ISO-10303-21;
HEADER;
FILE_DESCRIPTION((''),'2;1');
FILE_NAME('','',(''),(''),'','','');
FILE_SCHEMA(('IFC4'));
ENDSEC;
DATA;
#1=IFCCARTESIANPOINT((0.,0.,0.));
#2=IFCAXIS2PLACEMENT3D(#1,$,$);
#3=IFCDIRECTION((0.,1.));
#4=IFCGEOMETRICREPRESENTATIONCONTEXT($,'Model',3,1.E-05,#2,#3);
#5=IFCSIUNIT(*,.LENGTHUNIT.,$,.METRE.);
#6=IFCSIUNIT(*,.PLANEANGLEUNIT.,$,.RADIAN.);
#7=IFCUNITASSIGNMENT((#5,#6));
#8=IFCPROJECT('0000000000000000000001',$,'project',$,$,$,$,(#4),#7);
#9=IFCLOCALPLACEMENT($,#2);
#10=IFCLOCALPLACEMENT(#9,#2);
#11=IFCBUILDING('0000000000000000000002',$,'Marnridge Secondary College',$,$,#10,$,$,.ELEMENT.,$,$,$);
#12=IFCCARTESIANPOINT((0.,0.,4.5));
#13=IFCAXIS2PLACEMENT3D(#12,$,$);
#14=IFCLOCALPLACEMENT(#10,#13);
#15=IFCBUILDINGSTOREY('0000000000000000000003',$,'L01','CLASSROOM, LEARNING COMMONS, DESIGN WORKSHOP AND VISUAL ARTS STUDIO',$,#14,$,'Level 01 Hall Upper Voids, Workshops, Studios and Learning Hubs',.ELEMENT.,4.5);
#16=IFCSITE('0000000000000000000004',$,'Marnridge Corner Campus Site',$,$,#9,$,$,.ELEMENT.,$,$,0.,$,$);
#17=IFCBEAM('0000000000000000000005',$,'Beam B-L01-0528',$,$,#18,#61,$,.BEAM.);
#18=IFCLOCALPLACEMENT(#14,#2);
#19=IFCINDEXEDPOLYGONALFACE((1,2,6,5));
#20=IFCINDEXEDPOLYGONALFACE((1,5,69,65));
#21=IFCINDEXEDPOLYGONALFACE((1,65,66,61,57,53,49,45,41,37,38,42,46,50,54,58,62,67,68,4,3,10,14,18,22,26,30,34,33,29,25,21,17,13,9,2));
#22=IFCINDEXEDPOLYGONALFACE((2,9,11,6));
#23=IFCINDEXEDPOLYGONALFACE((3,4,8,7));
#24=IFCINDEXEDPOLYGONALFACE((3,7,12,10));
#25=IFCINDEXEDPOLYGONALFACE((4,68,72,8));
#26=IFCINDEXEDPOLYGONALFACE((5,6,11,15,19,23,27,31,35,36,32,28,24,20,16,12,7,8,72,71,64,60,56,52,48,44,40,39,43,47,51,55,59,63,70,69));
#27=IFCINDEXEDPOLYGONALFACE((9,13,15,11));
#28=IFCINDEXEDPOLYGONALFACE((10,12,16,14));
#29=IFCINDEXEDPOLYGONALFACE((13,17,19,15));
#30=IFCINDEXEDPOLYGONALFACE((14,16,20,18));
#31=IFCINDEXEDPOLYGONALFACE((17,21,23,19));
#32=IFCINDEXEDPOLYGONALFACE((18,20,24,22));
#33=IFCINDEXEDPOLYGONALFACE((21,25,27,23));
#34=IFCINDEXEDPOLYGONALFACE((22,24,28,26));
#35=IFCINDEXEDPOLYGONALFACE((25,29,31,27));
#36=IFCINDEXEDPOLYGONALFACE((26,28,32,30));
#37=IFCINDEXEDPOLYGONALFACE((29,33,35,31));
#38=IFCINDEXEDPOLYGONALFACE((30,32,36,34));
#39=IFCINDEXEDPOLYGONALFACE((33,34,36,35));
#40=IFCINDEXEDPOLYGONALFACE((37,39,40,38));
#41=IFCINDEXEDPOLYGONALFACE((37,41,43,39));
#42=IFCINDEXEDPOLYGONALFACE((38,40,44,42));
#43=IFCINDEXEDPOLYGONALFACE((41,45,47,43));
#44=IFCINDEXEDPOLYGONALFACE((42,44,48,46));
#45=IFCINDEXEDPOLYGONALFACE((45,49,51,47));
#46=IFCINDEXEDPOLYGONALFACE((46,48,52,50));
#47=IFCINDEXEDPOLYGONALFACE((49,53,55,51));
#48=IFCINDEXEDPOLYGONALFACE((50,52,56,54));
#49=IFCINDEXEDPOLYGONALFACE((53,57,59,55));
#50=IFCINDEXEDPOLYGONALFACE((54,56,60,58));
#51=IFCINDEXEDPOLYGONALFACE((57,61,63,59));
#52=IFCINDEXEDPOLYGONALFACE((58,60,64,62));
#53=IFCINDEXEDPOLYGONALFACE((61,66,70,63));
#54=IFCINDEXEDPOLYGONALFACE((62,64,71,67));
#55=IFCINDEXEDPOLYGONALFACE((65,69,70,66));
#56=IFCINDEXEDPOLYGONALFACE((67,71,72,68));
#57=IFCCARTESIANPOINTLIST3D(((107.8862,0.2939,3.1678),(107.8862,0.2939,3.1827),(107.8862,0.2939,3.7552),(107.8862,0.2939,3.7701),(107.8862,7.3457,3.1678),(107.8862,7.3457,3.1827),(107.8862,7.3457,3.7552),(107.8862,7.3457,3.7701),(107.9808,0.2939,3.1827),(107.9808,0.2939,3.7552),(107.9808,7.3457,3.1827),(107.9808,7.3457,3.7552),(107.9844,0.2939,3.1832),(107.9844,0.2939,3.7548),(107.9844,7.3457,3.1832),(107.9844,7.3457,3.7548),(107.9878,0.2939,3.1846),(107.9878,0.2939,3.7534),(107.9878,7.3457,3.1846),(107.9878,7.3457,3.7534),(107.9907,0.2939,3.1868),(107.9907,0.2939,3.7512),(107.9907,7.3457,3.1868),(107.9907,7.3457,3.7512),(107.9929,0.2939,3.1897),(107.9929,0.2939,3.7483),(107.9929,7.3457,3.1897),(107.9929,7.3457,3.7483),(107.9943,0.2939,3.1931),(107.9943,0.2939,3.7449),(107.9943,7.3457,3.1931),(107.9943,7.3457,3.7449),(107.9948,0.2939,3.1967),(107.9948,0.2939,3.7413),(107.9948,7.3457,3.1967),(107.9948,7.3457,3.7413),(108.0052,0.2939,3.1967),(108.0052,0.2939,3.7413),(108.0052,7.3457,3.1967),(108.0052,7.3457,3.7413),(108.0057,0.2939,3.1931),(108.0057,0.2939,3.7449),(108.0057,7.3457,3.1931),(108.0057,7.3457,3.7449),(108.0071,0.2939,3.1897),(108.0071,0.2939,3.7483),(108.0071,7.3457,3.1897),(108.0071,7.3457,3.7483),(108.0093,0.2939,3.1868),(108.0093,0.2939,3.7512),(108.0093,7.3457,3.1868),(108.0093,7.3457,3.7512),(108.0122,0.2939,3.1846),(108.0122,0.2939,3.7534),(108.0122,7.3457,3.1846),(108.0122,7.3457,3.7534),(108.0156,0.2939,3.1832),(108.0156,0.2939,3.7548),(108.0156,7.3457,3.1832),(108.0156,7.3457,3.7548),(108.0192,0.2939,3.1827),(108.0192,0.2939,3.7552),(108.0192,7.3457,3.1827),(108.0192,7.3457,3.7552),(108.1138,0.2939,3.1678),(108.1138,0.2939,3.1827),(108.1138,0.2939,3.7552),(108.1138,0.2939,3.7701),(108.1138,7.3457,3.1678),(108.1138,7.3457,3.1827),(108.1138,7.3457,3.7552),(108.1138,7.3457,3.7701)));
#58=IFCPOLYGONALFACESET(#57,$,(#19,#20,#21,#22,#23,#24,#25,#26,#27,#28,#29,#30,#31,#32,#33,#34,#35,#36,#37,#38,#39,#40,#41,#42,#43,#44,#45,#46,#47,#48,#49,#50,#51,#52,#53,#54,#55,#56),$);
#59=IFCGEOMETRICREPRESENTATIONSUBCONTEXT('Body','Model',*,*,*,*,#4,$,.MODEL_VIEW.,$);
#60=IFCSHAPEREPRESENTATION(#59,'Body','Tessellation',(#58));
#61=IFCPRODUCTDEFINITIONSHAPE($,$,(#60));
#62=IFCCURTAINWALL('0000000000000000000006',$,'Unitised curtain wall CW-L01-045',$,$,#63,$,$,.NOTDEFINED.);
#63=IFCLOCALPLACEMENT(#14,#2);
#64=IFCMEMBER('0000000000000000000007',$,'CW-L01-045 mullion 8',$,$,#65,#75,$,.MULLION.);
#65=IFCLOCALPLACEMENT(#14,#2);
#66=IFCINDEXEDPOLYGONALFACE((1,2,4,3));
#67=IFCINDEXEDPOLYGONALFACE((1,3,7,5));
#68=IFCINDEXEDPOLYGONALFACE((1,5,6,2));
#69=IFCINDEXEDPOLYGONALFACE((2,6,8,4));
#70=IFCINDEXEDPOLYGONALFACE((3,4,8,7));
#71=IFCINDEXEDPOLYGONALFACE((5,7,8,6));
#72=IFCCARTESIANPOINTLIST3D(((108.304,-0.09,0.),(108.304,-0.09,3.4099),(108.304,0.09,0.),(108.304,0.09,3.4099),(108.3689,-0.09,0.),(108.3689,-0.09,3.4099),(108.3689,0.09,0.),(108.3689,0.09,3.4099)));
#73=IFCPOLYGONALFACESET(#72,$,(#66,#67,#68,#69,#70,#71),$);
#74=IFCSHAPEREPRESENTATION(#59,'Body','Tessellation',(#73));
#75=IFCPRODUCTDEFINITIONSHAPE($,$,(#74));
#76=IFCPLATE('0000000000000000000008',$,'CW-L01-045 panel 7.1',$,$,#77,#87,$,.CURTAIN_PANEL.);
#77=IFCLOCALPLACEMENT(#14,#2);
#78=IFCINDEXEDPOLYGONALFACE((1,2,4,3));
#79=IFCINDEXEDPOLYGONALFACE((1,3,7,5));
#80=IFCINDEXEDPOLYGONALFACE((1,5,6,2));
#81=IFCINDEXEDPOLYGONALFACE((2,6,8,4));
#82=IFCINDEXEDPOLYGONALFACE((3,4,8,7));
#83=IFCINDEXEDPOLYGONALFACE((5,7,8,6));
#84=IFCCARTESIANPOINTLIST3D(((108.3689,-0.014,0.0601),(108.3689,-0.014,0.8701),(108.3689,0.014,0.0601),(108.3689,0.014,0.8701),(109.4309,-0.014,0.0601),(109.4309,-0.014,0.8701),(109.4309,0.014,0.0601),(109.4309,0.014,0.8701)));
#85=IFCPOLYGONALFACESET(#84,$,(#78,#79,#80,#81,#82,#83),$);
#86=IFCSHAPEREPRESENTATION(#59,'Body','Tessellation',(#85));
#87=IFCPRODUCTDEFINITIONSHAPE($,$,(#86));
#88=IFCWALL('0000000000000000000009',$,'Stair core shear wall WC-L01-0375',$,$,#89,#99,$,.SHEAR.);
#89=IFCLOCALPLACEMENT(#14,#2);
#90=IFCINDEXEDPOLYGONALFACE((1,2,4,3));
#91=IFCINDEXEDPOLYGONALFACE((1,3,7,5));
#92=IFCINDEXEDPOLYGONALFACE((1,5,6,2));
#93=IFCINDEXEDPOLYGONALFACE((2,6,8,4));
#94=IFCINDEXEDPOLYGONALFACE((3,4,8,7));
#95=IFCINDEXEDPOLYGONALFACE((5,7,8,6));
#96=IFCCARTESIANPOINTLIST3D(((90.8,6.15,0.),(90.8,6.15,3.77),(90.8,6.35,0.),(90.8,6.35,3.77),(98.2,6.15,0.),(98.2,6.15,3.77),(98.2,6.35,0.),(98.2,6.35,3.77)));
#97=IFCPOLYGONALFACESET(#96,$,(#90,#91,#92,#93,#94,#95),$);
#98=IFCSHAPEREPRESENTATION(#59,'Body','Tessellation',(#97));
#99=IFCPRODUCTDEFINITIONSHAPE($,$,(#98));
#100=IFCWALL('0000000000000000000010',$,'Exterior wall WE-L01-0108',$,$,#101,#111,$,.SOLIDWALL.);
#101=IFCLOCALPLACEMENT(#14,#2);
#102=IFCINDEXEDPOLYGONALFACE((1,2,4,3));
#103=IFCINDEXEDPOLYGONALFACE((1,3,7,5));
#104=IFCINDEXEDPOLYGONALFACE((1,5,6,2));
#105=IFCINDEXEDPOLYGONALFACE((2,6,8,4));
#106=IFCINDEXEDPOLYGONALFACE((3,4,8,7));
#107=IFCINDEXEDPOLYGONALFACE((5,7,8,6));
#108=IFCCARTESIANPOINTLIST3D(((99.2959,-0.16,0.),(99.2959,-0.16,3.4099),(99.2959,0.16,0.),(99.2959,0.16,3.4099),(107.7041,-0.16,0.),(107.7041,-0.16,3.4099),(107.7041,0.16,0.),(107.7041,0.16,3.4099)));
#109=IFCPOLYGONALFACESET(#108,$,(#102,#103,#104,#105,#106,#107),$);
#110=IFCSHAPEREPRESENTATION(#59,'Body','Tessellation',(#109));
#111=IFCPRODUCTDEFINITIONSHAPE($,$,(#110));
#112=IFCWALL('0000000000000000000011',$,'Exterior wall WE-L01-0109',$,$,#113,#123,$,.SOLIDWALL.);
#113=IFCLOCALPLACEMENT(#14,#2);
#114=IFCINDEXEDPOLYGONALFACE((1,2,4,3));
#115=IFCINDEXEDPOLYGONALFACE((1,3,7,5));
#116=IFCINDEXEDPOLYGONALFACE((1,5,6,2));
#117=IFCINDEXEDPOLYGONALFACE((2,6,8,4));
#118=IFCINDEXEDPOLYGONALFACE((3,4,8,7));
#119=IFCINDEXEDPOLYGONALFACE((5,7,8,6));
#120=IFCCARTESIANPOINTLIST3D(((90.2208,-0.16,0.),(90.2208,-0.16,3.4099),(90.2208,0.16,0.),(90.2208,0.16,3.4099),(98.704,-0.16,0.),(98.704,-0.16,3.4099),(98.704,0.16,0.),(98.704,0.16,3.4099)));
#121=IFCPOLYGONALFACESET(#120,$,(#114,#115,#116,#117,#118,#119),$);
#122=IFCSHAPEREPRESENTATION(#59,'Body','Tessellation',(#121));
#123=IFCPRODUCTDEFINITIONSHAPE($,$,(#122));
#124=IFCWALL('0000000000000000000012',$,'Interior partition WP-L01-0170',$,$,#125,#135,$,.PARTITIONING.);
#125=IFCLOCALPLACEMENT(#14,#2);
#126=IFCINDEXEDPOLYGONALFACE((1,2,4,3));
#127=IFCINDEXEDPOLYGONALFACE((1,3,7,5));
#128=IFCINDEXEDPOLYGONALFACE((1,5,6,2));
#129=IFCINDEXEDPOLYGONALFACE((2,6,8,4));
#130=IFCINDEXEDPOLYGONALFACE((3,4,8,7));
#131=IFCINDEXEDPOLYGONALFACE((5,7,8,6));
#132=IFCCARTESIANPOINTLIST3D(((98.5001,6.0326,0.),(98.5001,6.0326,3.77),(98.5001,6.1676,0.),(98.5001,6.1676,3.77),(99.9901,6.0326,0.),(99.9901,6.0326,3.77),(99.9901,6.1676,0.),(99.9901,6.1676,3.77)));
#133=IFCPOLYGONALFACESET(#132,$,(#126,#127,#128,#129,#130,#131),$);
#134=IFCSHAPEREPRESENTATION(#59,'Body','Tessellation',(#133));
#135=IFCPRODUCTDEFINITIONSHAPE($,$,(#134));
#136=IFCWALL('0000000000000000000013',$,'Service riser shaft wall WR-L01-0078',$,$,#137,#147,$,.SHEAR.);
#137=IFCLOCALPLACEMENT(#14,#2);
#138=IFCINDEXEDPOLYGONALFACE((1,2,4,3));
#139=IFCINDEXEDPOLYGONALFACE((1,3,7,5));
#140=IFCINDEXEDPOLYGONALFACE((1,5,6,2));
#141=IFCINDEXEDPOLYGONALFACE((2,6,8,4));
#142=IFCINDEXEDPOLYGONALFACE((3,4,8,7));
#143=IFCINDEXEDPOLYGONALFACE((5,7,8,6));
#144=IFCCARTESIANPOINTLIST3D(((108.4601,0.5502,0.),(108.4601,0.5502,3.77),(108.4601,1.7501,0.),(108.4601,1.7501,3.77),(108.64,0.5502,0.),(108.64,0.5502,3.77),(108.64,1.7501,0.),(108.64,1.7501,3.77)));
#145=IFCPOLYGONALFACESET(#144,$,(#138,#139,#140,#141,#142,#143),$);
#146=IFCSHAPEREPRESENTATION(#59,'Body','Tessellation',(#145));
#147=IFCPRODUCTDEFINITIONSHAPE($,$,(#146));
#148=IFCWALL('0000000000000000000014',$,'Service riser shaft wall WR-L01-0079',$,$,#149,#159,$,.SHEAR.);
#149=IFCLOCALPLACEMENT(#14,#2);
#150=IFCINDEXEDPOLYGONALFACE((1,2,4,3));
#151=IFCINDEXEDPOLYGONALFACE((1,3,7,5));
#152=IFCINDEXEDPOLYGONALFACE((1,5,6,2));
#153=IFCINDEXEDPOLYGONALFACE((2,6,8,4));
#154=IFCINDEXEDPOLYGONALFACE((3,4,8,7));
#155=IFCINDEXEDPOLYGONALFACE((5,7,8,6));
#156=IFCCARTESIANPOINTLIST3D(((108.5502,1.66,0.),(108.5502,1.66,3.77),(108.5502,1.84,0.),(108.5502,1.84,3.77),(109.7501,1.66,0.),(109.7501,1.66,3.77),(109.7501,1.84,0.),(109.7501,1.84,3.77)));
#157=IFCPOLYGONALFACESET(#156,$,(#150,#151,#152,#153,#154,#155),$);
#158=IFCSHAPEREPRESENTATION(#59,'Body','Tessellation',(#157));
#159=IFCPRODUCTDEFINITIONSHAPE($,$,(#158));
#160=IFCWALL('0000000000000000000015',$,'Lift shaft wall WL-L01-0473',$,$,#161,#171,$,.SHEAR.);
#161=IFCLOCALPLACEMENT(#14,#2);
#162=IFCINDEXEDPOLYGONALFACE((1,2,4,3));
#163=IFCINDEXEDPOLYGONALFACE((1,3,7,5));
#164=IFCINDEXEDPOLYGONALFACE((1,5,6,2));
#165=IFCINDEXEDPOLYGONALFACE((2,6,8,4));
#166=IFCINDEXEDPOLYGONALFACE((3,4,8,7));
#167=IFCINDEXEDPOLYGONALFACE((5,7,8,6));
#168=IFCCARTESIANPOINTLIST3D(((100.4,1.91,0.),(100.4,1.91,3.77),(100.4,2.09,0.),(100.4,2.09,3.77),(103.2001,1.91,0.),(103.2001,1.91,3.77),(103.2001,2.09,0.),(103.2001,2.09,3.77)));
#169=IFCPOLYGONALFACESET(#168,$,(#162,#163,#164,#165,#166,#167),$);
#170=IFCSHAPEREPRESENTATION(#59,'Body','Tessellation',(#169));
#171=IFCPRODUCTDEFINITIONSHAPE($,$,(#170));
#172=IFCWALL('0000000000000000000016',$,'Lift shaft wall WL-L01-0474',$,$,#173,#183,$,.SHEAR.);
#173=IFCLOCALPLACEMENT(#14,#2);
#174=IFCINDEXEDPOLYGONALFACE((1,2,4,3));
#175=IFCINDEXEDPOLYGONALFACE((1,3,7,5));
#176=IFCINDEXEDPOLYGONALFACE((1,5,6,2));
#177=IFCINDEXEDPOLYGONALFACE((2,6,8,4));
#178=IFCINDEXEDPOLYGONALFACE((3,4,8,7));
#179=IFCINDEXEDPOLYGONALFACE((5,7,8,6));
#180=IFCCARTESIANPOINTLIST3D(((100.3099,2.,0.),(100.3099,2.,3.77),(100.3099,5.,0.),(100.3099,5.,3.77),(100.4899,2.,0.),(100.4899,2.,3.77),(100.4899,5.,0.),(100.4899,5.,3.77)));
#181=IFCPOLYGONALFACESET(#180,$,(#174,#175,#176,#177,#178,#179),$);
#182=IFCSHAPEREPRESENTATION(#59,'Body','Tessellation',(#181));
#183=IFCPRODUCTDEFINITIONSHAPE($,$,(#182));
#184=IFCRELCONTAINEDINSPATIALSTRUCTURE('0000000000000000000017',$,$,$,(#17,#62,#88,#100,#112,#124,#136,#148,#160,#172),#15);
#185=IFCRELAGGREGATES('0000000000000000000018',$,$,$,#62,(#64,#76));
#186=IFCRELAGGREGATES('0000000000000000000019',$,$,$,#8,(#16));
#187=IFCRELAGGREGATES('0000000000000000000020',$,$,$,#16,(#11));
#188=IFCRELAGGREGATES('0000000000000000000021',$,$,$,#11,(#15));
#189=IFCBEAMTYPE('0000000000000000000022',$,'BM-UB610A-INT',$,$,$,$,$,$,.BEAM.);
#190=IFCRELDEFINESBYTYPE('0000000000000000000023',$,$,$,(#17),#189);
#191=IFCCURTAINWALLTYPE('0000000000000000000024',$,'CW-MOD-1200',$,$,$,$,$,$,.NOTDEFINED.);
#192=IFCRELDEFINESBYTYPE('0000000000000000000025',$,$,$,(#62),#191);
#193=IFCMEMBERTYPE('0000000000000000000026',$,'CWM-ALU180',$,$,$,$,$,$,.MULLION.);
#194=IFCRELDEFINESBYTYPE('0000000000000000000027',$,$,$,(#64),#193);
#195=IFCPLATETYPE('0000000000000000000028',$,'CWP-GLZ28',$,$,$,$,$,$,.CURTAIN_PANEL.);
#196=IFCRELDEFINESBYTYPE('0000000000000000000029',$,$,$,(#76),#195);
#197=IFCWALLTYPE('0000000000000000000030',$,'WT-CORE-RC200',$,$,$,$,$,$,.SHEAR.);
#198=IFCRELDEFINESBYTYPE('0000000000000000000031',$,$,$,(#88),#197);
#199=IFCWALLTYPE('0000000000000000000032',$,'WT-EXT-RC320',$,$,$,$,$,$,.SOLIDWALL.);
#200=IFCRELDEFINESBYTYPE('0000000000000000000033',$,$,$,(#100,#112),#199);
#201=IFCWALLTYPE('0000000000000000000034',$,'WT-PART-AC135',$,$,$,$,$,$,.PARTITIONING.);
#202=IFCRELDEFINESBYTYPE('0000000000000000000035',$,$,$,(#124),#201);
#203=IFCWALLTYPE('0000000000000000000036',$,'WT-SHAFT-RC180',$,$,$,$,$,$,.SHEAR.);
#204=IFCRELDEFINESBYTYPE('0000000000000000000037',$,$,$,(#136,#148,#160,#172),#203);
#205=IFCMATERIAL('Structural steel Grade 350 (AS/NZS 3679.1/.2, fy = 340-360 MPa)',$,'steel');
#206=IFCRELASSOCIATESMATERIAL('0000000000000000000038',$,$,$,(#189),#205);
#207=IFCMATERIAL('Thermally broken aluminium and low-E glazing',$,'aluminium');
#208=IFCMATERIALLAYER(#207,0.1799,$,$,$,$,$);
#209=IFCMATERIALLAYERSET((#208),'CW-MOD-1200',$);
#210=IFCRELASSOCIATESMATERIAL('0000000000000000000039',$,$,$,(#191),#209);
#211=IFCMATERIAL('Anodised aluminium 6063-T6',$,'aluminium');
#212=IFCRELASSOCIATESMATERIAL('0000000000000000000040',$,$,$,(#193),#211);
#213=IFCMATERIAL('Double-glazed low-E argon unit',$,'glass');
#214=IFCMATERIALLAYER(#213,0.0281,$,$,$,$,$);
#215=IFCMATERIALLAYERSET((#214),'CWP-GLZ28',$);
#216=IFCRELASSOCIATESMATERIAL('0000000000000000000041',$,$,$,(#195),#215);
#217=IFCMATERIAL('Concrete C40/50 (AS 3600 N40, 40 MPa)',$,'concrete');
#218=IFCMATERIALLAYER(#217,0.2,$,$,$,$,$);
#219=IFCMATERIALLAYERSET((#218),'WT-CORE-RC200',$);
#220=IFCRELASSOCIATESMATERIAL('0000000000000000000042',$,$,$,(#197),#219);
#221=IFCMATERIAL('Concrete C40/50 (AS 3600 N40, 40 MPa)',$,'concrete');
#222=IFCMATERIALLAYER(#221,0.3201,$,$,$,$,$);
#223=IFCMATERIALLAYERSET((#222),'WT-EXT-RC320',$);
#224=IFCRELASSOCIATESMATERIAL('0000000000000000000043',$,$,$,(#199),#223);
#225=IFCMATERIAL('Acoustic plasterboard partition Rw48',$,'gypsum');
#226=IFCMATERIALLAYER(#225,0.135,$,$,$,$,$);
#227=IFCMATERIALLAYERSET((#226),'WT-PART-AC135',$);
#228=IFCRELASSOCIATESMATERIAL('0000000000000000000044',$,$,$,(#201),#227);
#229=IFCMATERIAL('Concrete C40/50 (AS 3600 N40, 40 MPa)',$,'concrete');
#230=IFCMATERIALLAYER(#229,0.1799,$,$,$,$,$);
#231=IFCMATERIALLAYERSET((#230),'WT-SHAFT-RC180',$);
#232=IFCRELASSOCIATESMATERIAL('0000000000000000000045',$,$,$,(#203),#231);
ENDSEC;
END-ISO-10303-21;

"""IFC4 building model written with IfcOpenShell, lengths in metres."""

from ifc_helpers import new_model, si_unit, direction, frame, frame_2d, origin, origin_2d, place, context, subcontext, project, spatial, rectangle, i_section, extrude, material, layer, layer_set, material_profile, profile_set, type_object, element, aggregate, save


model = new_model("IFC4")

# Units and contexts
model_context = context("Model", 3, precision=1e-05, world=origin(), true_north=direction((0.0, 1.0)))
body_context = subcontext(model_context, "Body", "Model", "MODEL_VIEW")
ifc_project = project(units=[si_unit("LENGTHUNIT", "METRE"), si_unit("PLANEANGLEUNIT", "RADIAN")], contexts=[model_context])

# Site, building, storey
site_placement = place(None, origin())
site = spatial("IfcSite", under=ifc_project, at=site_placement, Name="Marnridge Corner Campus Site", CompositionType="ELEMENT", RefElevation=0.0)
building_placement = place(site_placement, origin())
building = spatial("IfcBuilding", under=site, at=building_placement, Name="Marnridge Secondary College", CompositionType="ELEMENT")
storey_placement = place(building_placement, frame((0.0, 0.0, 4.5)))
storey = spatial("IfcBuildingStorey", under=building, at=storey_placement, Name="L01", Description="CLASSROOM, LEARNING COMMONS, DESIGN WORKSHOP AND VISUAL ARTS STUDIO", LongName="Level 01 Hall Upper Voids, Workshops, Studios and Learning Hubs", CompositionType="ELEMENT", Elevation=4.5)

# Beam
ifc_material_1 = material(Name="Structural steel Grade 350 (AS/NZS 3679.1/.2, fy = 340-360 MPa)", Category="steel")
ifc_material_profile_1 = material_profile(ifc_material_1, i_section(OverallWidth=0.2275, OverallDepth=0.6023, WebThickness=0.0105, FlangeThickness=0.0149, FilletRadius=0.0139, at=origin_2d()), Name="610UB101")
ifc_profile_set_1 = profile_set([ifc_material_profile_1], Name="Structural steel Grade 350 (AS/NZS 3679.1/.2, fy = 340-360 MPa)")
beam_type_1 = type_object("IfcBeamType", Name="BM-UB610A-INT", PredefinedType="BEAM", material=ifc_profile_set_1)
beam_1_placement = place(storey_placement, frame((108.0, 0.2939, 3.469), z_axis=(0.0, 1.0, 0.0), x_axis=(-1.0, 0.0, 0.0)))
element("IfcBeam", 1, at=beam_1_placement, inside=storey, type_object=beam_type_1, Name="Beam B-L01-0528", PredefinedType="BEAM", context=body_context, shape_type="SweptSolid", body=[
    extrude(i_section(OverallWidth=0.2275, OverallDepth=0.6023, WebThickness=0.0105, FlangeThickness=0.0149, FilletRadius=0.0139, at=origin_2d()), origin(), (0.0, 0.0, 1.0), 7.0518),
])

# Curtain wall, member, plate
ifc_material_2 = material(Name="Thermally broken aluminium and low-E glazing", Category="aluminium")
ifc_layer_1 = layer(ifc_material_2, 0.1799)
ifc_layer_set_1 = layer_set([ifc_layer_1], Name="CW-MOD-1200")
curtain_wall_type = type_object("IfcCurtainWallType", Name="CW-MOD-1200", PredefinedType="NOTDEFINED", material=ifc_layer_set_1)
curtain_wall_placement = place(storey_placement, origin())
curtain_wall = element("IfcCurtainWall", 2, at=curtain_wall_placement, inside=storey, type_object=curtain_wall_type, Name="Unitised curtain wall CW-L01-045", PredefinedType="NOTDEFINED")
ifc_material_3 = material(Name="Anodised aluminium 6063-T6", Category="aluminium")
ifc_material_profile_2 = material_profile(ifc_material_3, rectangle(XDim=0.0649, YDim=0.1799, at=origin_2d()), Name="ALU 65x180")
ifc_profile_set_2 = profile_set([ifc_material_profile_2], Name="Anodised aluminium 6063-T6")
member_type = type_object("IfcMemberType", Name="CWM-ALU180", PredefinedType="MULLION", material=ifc_profile_set_2)
member_placement = place(storey_placement, frame((108.3364, 0.0, 0.0), z_axis=(0.0, 0.0, 1.0), x_axis=(-1.0, 0.0, 0.0)))
member = element("IfcMember", 3, at=member_placement, type_object=member_type, Name="CW-L01-045 mullion 8", PredefinedType="MULLION", context=body_context, shape_type="SweptSolid", body=[
    extrude(rectangle(XDim=0.0649, YDim=0.1799, at=origin_2d()), origin(), (0.0, 0.0, 1.0), 3.4099),
])
ifc_material_4 = material(Name="Double-glazed low-E argon unit", Category="glass")
ifc_layer_2 = layer(ifc_material_4, 0.0281)
ifc_layer_set_2 = layer_set([ifc_layer_2], Name="CWP-GLZ28")
plate_type = type_object("IfcPlateType", Name="CWP-GLZ28", PredefinedType="CURTAIN_PANEL", material=ifc_layer_set_2)
plate_placement = place(storey_placement, frame((108.8999, 0.0, 0.0601), z_axis=(0.0, 0.0, 1.0), x_axis=(-1.0, 0.0, 0.0)))
plate = element("IfcPlate", 4, at=plate_placement, type_object=plate_type, Name="CW-L01-045 panel 7.1", PredefinedType="CURTAIN_PANEL", context=body_context, shape_type="SweptSolid", body=[
    extrude(rectangle(XDim=1.062, YDim=0.0281, at=origin_2d()), origin(), (0.0, 0.0, 1.0), 0.8101),
])
aggregate(curtain_wall, [member, plate])

# Shared definitions
ifc_material_5 = material(Name="Concrete C40/50 (AS 3600 N40, 40 MPa)", Category="concrete")
ifc_layer_3 = layer(ifc_material_5, 0.2)
ifc_layer_set_3 = layer_set([ifc_layer_3], Name="WT-CORE-RC200")
wall_type_1 = type_object("IfcWallType", Name="WT-CORE-RC200", PredefinedType="SHEAR", material=ifc_layer_set_3)

# Walls
wall_1_placement = place(storey_placement, frame((98.2, 6.25, 0.0), z_axis=(0.0, 0.0, 1.0), x_axis=(-1.0, 0.0, 0.0)))
element("IfcWall", 5, at=wall_1_placement, inside=storey, type_object=wall_type_1, Name="Stair core shear wall WC-L01-0375", PredefinedType="SHEAR", context=body_context, shape_type="SweptSolid", body=[
    extrude(rectangle(XDim=7.3999, YDim=0.2, at=frame_2d((3.7, 0.0))), origin(), (0.0, 0.0, 1.0), 3.77),
])
ifc_material_6 = material(Name="Concrete C40/50 (AS 3600 N40, 40 MPa)", Category="concrete")
ifc_layer_4 = layer(ifc_material_6, 0.3201)
ifc_layer_set_4 = layer_set([ifc_layer_4], Name="WT-EXT-RC320")
wall_type_2 = type_object("IfcWallType", Name="WT-EXT-RC320", PredefinedType="SOLIDWALL", material=ifc_layer_set_4)
wall_2_placement = place(storey_placement, frame((107.7041, 0.0, 0.0), z_axis=(0.0, 0.0, 1.0), x_axis=(-1.0, 0.0, 0.0)))
element("IfcWall", 6, at=wall_2_placement, inside=storey, type_object=wall_type_2, Name="Exterior wall WE-L01-0108", PredefinedType="SOLIDWALL", context=body_context, shape_type="SweptSolid", body=[
    extrude(rectangle(XDim=8.4082, YDim=0.3201, at=frame_2d((4.2041, 0.0))), origin(), (0.0, 0.0, 1.0), 3.4099),
])
wall_3_placement = place(storey_placement, frame((98.7041, 0.0, 0.0), z_axis=(0.0, 0.0, 1.0), x_axis=(-1.0, 0.0, 0.0)))
element("IfcWall", 7, at=wall_3_placement, inside=storey, type_object=wall_type_2, Name="Exterior wall WE-L01-0109", PredefinedType="SOLIDWALL", context=body_context, shape_type="SweptSolid", body=[
    extrude(rectangle(XDim=8.4832, YDim=0.3201, at=frame_2d((4.2417, 0.0))), origin(), (0.0, 0.0, 1.0), 3.4099),
])
ifc_material_7 = material(Name="Acoustic plasterboard partition Rw48", Category="gypsum")
ifc_layer_5 = layer(ifc_material_7, 0.135)
ifc_layer_set_5 = layer_set([ifc_layer_5], Name="WT-PART-AC135")
wall_type_3 = type_object("IfcWallType", Name="WT-PART-AC135", PredefinedType="PARTITIONING", material=ifc_layer_set_5)
wall_4_placement = place(storey_placement, frame((98.5, 6.1001, 0.0), z_axis=(0.0, 0.0, 1.0), x_axis=(1.0, 0.0, 0.0)))
element("IfcWall", 8, at=wall_4_placement, inside=storey, type_object=wall_type_3, Name="Interior partition WP-L01-0170", PredefinedType="PARTITIONING", context=body_context, shape_type="SweptSolid", body=[
    extrude(rectangle(XDim=1.49, YDim=0.135, at=frame_2d((0.7451, 0.0))), origin(), (0.0, 0.0, 1.0), 3.77),
])
ifc_material_8 = material(Name="Concrete C40/50 (AS 3600 N40, 40 MPa)", Category="concrete")
ifc_layer_6 = layer(ifc_material_8, 0.1799)
ifc_layer_set_6 = layer_set([ifc_layer_6], Name="WT-SHAFT-RC180")
wall_type_4 = type_object("IfcWallType", Name="WT-SHAFT-RC180", PredefinedType="SHEAR", material=ifc_layer_set_6)
for number, where, z_axis, x_axis, name in (
    (9, (108.55, 0.55, 0.0), (0.0, 0.0, 1.0), (0.0, 1.0, 0.0), "Service riser shaft wall WR-L01-0078"),
    (10, (108.55, 1.75, 0.0), (0.0, 0.0, 1.0), (1.0, 0.0, 0.0), "Service riser shaft wall WR-L01-0079"),
):
    element("IfcWall", number, at=place(storey_placement, frame(where, z_axis=z_axis, x_axis=x_axis)), inside=storey, type_object=wall_type_4, Name=name, PredefinedType="SHEAR", context=body_context, shape_type="SweptSolid", body=[
        extrude(rectangle(XDim=1.2, YDim=0.1799, at=frame_2d((0.6001, 0.0))), origin(), (0.0, 0.0, 1.0), 3.77),
    ])
wall_5_placement = place(storey_placement, frame((103.2, 2.0, 0.0), z_axis=(0.0, 0.0, 1.0), x_axis=(-1.0, 0.0, 0.0)))
element("IfcWall", 11, at=wall_5_placement, inside=storey, type_object=wall_type_4, Name="Lift shaft wall WL-L01-0473", PredefinedType="SHEAR", context=body_context, shape_type="SweptSolid", body=[
    extrude(rectangle(XDim=2.8, YDim=0.1799, at=frame_2d((1.3999, 0.0))), origin(), (0.0, 0.0, 1.0), 3.77),
])
wall_6_placement = place(storey_placement, frame((100.3999, 2.0, 0.0), z_axis=(0.0, 0.0, 1.0), x_axis=(0.0, 1.0, 0.0)))
element("IfcWall", 12, at=wall_6_placement, inside=storey, type_object=wall_type_4, Name="Lift shaft wall WL-L01-0474", PredefinedType="SHEAR", context=body_context, shape_type="SweptSolid", body=[
    extrude(rectangle(XDim=3.0, YDim=0.1799, at=frame_2d((1.5, 0.0))), origin(), (0.0, 0.0, 1.0), 3.77),
])

save(model, "model.ifc")
